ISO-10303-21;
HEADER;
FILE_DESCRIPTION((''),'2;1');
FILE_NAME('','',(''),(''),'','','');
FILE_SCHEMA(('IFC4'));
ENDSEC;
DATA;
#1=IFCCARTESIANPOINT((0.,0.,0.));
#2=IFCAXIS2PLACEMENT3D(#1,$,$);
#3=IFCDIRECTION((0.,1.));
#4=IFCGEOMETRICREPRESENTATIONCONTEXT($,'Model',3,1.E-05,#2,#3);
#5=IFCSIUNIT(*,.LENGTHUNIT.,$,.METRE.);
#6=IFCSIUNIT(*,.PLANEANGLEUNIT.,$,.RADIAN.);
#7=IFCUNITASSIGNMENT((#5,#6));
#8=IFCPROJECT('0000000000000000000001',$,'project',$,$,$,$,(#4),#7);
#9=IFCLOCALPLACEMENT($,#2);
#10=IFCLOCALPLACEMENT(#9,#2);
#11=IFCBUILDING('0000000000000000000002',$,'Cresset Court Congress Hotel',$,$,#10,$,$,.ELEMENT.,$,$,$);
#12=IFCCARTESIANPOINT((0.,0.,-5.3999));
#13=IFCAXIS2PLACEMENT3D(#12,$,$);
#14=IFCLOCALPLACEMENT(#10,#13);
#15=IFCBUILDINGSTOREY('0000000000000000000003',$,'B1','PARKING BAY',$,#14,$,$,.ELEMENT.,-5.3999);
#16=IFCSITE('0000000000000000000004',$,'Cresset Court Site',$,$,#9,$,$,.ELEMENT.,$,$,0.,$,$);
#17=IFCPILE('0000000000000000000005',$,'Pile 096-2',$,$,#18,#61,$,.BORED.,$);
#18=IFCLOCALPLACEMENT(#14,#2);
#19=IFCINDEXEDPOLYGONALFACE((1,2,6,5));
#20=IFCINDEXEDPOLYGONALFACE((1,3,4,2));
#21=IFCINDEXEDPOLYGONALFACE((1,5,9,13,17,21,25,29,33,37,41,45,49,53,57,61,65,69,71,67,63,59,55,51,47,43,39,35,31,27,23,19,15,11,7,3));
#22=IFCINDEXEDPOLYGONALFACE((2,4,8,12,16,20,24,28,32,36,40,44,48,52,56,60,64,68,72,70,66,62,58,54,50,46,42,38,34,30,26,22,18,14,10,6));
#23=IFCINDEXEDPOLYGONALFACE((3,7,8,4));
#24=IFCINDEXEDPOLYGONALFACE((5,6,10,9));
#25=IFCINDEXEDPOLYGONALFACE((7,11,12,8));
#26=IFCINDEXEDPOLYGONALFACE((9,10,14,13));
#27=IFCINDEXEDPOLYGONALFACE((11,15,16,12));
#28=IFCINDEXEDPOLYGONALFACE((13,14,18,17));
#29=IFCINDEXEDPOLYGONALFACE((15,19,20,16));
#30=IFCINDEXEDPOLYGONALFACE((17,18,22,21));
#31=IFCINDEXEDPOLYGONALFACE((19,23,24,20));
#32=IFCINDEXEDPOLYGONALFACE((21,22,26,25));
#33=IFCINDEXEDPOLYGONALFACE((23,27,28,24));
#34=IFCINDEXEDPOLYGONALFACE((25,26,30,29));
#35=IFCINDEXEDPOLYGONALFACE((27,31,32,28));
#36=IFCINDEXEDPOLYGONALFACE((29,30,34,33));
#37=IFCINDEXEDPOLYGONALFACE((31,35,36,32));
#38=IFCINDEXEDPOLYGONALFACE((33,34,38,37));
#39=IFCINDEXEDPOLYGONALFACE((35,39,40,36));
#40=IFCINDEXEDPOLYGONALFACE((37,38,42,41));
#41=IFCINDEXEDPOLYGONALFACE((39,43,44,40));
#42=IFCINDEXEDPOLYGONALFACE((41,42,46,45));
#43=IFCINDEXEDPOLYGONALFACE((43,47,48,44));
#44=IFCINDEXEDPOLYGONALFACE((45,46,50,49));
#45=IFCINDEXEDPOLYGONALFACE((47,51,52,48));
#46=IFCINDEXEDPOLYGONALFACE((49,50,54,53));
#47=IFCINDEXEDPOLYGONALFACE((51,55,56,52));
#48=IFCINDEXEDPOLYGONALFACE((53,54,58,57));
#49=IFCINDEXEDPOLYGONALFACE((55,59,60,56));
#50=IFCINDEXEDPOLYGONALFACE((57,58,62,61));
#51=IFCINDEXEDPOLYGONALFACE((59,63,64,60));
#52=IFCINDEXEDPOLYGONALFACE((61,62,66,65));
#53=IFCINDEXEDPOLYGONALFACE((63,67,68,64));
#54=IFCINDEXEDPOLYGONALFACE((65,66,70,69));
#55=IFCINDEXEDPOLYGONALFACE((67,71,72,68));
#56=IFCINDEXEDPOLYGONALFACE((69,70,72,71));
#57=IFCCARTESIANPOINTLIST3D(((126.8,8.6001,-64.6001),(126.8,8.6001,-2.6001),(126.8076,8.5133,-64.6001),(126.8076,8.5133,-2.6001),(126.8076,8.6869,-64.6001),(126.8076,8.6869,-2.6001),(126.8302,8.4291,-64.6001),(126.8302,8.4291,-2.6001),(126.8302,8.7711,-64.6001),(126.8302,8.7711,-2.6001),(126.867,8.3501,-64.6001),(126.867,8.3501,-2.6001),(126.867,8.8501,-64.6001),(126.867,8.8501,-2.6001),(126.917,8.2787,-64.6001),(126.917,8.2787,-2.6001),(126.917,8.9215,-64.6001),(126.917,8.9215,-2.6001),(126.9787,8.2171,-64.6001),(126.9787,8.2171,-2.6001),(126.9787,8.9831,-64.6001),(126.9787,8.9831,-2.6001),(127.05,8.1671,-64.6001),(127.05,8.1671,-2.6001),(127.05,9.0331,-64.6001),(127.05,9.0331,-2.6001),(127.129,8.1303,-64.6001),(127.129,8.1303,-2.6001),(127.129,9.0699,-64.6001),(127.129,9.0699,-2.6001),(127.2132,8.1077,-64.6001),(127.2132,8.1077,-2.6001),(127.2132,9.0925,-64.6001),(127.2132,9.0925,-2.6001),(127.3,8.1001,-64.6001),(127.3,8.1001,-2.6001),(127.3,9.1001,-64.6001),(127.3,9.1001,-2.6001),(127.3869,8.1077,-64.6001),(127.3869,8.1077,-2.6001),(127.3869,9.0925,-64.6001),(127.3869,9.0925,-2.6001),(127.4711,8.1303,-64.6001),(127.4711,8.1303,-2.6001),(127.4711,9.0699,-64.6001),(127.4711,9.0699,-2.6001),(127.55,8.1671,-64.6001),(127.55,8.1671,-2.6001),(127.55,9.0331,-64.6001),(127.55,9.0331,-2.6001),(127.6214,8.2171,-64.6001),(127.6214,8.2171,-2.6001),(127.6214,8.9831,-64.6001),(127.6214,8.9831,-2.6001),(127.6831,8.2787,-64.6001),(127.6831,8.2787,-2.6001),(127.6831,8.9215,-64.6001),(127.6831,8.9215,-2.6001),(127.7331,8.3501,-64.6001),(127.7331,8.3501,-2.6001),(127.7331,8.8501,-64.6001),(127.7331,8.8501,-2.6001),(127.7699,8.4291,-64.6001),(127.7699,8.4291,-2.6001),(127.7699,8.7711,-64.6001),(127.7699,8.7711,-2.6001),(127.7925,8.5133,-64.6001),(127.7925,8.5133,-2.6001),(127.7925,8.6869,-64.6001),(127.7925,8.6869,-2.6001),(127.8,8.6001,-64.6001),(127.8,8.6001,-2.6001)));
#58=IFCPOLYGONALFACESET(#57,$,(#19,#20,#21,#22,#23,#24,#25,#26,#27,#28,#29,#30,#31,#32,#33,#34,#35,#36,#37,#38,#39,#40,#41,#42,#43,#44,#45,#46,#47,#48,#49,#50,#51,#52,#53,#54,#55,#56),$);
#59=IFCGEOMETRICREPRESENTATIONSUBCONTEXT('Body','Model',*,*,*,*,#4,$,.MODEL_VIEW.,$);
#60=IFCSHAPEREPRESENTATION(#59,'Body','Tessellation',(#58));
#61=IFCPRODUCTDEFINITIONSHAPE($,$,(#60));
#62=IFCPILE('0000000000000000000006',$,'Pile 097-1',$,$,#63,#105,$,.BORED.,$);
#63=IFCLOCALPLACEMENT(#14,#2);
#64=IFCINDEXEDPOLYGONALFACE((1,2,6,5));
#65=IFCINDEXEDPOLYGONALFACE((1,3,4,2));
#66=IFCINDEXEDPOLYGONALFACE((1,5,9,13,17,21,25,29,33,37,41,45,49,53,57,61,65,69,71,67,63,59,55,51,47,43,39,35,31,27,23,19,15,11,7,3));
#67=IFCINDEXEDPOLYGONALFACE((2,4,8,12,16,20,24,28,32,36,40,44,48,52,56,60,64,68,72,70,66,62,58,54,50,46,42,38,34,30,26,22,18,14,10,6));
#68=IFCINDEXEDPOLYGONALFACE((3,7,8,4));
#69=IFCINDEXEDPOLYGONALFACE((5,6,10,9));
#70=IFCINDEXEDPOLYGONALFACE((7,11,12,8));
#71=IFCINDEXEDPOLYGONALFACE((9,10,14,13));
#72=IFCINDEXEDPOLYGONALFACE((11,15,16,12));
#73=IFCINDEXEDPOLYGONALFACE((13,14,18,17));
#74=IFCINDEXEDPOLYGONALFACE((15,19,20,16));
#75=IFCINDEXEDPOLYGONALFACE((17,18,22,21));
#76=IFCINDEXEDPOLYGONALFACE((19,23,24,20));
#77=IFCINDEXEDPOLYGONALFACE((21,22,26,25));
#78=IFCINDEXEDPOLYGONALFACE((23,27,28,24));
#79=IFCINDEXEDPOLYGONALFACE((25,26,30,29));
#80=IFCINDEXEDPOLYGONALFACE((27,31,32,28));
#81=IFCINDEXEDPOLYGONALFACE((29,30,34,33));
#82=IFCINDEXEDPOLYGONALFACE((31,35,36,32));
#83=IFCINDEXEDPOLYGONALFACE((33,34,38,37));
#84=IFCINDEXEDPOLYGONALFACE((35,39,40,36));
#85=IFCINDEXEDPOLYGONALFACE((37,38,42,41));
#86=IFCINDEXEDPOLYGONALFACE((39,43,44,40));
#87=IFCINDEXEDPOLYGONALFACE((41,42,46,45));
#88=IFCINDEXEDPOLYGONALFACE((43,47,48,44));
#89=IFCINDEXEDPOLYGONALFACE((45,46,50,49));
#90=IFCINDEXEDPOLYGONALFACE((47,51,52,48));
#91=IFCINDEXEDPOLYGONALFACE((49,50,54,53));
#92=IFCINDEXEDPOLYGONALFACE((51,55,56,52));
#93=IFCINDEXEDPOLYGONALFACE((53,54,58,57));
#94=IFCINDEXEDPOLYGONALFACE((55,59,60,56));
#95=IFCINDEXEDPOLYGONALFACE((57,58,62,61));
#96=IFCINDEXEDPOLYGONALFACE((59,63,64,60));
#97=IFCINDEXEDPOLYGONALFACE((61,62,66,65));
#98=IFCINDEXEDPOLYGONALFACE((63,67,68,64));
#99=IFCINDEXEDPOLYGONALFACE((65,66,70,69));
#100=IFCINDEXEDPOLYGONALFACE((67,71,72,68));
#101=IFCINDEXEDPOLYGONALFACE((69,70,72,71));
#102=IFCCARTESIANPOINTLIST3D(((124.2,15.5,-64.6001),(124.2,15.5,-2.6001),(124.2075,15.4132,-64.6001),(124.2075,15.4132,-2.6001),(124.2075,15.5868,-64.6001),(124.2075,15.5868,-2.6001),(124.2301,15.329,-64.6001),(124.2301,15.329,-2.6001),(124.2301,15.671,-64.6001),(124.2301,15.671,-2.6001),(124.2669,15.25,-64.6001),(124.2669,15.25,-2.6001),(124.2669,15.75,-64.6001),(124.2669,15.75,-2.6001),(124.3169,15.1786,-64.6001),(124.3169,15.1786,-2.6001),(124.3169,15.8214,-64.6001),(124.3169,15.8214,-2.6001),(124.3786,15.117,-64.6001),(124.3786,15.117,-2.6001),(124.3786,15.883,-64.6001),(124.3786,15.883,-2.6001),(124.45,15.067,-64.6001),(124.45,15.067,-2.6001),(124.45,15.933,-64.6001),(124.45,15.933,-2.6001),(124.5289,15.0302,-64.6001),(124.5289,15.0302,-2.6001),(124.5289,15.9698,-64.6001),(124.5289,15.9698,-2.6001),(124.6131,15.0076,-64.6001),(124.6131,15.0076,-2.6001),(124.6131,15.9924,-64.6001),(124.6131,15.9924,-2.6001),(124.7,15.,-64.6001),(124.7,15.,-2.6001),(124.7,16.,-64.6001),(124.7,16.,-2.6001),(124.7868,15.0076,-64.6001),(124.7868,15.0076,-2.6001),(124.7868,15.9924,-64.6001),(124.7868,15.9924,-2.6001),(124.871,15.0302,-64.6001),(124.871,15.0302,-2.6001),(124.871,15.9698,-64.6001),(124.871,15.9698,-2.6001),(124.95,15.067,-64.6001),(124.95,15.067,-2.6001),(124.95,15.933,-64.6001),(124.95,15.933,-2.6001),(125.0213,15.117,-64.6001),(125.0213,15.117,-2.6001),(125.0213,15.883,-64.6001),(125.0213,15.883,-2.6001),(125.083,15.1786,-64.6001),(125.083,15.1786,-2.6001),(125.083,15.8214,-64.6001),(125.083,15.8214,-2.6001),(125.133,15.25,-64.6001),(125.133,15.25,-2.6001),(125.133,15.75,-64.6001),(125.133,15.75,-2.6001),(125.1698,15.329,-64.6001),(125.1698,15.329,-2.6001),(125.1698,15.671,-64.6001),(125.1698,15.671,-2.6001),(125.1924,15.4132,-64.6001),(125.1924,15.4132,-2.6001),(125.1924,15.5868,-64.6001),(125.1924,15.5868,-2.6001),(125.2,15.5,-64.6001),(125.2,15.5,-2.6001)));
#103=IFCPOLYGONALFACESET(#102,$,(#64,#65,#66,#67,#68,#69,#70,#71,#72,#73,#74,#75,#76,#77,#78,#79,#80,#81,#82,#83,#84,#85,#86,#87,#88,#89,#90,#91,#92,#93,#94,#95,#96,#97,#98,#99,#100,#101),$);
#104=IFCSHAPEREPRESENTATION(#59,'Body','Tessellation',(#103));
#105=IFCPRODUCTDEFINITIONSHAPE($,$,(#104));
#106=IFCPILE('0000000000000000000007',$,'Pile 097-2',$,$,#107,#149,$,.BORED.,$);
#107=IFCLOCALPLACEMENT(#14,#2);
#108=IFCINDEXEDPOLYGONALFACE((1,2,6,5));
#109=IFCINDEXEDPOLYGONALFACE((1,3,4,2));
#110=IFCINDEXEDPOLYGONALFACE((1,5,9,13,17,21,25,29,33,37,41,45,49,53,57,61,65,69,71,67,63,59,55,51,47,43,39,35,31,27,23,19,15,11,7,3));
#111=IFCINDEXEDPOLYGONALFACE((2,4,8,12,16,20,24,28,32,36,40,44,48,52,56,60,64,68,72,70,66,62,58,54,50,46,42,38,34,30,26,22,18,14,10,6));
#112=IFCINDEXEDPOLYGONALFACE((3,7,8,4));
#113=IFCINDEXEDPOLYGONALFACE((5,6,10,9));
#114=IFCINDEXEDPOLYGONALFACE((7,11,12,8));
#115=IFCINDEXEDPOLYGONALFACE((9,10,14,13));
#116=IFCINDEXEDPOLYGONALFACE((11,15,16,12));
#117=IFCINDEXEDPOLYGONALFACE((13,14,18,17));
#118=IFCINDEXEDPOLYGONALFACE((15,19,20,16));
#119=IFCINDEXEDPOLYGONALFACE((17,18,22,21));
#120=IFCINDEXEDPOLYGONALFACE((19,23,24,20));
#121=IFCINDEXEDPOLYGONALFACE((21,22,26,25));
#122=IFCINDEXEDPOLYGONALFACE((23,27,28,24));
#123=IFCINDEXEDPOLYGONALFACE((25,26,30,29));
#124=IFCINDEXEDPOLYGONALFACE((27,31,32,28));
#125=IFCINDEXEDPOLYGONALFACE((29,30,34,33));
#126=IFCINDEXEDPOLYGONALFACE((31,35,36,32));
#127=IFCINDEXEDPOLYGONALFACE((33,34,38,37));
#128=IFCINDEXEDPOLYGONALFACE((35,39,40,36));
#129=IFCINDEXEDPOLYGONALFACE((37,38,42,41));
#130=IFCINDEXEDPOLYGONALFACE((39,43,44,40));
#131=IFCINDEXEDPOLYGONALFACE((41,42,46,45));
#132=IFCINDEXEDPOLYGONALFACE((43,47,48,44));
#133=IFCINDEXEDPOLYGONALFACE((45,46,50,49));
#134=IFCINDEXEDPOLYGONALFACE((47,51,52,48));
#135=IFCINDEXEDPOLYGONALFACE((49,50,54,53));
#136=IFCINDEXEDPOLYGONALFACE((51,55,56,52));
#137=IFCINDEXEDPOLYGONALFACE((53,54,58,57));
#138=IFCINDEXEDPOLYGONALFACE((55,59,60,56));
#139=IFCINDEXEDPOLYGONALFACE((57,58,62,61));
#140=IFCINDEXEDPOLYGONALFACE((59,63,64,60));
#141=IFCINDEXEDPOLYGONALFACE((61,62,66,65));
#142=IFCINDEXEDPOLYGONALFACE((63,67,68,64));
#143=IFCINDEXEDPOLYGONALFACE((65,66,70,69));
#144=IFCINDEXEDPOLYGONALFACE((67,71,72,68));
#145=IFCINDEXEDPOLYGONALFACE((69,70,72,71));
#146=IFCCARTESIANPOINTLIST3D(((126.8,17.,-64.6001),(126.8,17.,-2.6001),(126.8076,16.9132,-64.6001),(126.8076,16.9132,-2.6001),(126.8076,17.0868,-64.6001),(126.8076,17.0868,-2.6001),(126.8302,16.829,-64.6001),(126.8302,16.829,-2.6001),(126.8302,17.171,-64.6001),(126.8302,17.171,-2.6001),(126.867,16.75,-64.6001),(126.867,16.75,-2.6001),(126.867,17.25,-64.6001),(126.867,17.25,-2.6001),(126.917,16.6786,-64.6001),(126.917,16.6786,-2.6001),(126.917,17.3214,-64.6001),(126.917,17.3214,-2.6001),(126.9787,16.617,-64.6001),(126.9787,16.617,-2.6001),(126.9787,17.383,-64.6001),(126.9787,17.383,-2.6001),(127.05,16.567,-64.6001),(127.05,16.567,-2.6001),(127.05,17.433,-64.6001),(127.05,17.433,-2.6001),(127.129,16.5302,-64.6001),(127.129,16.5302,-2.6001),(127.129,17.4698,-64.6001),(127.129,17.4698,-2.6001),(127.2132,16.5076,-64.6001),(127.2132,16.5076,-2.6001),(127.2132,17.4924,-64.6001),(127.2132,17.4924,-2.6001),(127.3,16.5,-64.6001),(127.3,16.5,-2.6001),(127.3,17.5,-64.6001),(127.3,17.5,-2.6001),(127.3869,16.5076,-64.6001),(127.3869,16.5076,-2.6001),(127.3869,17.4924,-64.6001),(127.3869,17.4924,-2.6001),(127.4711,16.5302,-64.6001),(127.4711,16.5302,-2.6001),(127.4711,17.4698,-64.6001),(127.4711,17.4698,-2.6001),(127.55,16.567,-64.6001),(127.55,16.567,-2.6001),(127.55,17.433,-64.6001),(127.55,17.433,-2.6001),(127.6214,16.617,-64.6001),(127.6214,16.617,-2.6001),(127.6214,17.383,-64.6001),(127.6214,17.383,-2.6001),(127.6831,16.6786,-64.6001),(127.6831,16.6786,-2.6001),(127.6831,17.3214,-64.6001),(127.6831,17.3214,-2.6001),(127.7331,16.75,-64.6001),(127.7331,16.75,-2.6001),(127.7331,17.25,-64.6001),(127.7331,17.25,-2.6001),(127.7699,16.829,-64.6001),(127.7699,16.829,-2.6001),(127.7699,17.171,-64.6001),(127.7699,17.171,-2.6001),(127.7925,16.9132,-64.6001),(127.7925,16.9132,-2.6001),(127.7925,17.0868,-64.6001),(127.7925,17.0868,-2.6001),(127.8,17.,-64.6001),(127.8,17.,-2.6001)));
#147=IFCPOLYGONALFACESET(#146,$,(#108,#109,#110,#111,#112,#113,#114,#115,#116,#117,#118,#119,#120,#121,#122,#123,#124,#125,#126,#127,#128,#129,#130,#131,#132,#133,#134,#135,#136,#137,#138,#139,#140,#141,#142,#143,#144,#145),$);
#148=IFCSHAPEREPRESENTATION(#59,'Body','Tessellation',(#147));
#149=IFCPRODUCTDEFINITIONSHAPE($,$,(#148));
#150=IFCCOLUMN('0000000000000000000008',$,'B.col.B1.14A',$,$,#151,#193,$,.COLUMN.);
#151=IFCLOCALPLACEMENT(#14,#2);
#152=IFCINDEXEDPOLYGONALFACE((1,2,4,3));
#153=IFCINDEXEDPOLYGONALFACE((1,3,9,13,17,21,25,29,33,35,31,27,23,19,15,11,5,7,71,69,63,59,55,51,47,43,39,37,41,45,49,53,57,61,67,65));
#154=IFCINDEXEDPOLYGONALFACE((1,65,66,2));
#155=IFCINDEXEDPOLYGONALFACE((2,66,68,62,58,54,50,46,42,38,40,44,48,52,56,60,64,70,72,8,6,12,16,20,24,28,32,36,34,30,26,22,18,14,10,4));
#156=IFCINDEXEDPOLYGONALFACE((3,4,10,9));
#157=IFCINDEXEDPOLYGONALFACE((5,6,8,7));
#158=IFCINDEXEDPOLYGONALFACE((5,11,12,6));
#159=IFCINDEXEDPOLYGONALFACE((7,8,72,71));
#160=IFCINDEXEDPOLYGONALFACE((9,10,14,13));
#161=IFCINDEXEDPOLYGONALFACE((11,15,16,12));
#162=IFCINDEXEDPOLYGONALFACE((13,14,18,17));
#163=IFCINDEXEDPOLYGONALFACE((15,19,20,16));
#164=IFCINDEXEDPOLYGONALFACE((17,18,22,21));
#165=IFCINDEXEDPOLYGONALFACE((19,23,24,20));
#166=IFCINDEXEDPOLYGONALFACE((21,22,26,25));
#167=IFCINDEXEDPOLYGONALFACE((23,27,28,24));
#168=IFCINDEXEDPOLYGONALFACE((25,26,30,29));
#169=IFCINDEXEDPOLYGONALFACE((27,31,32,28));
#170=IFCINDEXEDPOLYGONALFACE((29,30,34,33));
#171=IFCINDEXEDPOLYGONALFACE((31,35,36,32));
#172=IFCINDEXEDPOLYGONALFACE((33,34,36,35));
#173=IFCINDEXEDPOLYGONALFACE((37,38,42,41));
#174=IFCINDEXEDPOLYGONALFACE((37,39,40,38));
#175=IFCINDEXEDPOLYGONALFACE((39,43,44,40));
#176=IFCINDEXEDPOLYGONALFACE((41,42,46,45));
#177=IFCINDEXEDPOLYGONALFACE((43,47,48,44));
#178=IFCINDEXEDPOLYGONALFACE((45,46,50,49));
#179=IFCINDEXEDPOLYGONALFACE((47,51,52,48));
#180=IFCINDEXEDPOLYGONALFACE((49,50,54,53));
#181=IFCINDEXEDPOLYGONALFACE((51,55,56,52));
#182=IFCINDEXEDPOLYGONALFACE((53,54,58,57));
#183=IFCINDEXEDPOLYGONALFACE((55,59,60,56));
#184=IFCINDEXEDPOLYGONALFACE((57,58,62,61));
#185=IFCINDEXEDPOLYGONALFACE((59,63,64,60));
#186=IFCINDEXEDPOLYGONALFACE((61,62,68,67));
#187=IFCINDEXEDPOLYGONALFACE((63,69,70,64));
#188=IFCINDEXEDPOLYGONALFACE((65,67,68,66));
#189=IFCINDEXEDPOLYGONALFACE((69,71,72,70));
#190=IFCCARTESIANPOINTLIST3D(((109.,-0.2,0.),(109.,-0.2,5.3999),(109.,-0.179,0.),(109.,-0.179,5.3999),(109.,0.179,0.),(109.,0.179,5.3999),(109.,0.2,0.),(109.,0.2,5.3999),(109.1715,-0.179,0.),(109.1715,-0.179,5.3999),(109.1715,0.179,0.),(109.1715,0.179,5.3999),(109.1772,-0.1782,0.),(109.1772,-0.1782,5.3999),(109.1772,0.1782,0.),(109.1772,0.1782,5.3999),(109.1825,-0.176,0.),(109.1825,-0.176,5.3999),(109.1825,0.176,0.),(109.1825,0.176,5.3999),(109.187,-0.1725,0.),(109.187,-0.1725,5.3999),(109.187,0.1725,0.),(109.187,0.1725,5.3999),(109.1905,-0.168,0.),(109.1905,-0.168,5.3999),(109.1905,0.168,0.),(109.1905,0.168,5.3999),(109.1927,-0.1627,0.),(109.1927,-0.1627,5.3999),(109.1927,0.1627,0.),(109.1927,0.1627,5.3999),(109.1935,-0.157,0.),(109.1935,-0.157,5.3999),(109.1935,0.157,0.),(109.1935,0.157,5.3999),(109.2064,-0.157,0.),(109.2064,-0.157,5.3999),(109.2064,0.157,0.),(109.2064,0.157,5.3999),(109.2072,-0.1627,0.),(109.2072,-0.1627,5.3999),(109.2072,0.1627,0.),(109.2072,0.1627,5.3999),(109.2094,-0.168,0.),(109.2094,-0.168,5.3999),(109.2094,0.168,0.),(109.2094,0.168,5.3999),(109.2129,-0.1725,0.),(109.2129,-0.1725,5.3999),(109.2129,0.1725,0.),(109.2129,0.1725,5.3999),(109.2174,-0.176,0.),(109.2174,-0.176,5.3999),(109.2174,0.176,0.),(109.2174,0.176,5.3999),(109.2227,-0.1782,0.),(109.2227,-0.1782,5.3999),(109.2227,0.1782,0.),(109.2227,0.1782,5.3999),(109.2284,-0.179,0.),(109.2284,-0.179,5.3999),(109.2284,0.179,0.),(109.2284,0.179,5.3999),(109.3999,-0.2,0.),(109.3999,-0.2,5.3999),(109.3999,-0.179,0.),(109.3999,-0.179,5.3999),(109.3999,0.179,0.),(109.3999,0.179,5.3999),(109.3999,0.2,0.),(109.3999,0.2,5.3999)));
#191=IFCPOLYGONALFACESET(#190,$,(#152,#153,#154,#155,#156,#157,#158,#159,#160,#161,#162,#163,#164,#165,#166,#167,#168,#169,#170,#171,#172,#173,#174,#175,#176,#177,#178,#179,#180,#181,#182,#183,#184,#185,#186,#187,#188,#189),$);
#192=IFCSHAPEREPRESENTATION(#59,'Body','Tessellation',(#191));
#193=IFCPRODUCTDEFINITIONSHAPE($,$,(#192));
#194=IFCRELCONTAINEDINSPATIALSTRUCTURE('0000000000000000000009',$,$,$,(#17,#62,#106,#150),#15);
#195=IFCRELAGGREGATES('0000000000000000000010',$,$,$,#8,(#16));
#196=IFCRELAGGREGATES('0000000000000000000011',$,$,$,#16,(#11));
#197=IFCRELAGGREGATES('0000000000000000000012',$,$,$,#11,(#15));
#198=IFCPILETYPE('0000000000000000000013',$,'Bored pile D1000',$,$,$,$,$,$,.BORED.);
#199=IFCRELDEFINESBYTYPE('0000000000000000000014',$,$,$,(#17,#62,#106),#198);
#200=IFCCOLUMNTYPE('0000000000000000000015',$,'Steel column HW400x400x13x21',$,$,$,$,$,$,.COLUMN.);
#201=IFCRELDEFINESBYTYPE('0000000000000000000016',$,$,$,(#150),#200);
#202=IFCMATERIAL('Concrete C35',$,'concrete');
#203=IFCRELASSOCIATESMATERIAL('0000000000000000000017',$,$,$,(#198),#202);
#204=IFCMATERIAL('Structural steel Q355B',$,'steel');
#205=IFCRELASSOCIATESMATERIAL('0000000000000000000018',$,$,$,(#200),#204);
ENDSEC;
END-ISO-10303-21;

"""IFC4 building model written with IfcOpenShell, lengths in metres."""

from ifc_helpers import new_model, si_unit, direction, frame, origin, origin_2d, place, context, subcontext, project, spatial, circle, i_section, extrude, material, material_profile, profile_set, type_object, element, save


model = new_model("IFC4")

# Units and contexts
model_context = context("Model", 3, precision=1e-05, world=origin(), true_north=direction((0.0, 1.0)))
body_context = subcontext(model_context, "Body", "Model", "MODEL_VIEW")
ifc_project = project(units=[si_unit("LENGTHUNIT", "METRE"), si_unit("PLANEANGLEUNIT", "RADIAN")], contexts=[model_context])

# Site, building, storey
site_placement = place(None, origin())
site = spatial("IfcSite", under=ifc_project, at=site_placement, Name="Cresset Court Site", CompositionType="ELEMENT", RefElevation=0.0)
building_placement = place(site_placement, origin())
building = spatial("IfcBuilding", under=site, at=building_placement, Name="Cresset Court Congress Hotel", CompositionType="ELEMENT")
storey_placement = place(building_placement, frame((0.0, 0.0, -5.3999)))
storey = spatial("IfcBuildingStorey", under=building, at=storey_placement, Name="B1", Description="PARKING BAY", CompositionType="ELEMENT", Elevation=-5.3999)

# Piles
ifc_material_1 = material(Name="Concrete C35", Category="concrete")
pile_type = type_object("IfcPileType", Name="Bored pile D1000", PredefinedType="BORED", material=ifc_material_1)
for number, where, z_axis, x_axis, name in (
    (1, (127.3, 8.6001, -2.6001), (0.0, 0.0, -1.0), (1.0, 0.0, 0.0), "Pile 096-2"),
    (2, (124.7, 15.5, -2.6001), (0.0, 0.0, -1.0), (1.0, 0.0, 0.0), "Pile 097-1"),
    (3, (127.3, 17.0, -2.6001), (0.0, 0.0, -1.0), (1.0, 0.0, 0.0), "Pile 097-2"),
):
    element("IfcPile", number, at=place(storey_placement, frame(where, z_axis=z_axis, x_axis=x_axis)), inside=storey, type_object=pile_type, Name=name, PredefinedType="BORED", context=body_context, shape_type="SweptSolid", body=[
        extrude(circle(Radius=0.5, at=origin_2d()), origin(), (0.0, 0.0, 1.0), 62.0),
    ])

# Column
ifc_material_2 = material(Name="Structural steel Q355B", Category="steel")
ifc_material_profile = material_profile(ifc_material_2, i_section(OverallWidth=0.3999, OverallDepth=0.3999, WebThickness=0.0129, FlangeThickness=0.021, FilletRadius=0.022, at=origin_2d()), Name="HW400x400x13x21")
ifc_profile_set = profile_set([ifc_material_profile], Name="Structural steel Q355B")
column_type = type_object("IfcColumnType", Name="Steel column HW400x400x13x21", PredefinedType="COLUMN", material=ifc_profile_set)
for number, where, z_axis, x_axis, name in (
    (4, (109.2, 0.0, 0.0), (0.0, 0.0, 1.0), (1.0, 0.0, 0.0), "B.col.B1.14A"),
):
    element("IfcColumn", number, at=place(storey_placement, frame(where, z_axis=z_axis, x_axis=x_axis)), inside=storey, type_object=column_type, Name=name, PredefinedType="COLUMN", context=body_context, shape_type="SweptSolid", body=[
        extrude(i_section(OverallWidth=0.3999, OverallDepth=0.3999, WebThickness=0.0129, FlangeThickness=0.021, FilletRadius=0.022, at=origin_2d()), origin(), (0.0, 0.0, 1.0), 5.3999),
    ])

save(model, "model.ifc")
